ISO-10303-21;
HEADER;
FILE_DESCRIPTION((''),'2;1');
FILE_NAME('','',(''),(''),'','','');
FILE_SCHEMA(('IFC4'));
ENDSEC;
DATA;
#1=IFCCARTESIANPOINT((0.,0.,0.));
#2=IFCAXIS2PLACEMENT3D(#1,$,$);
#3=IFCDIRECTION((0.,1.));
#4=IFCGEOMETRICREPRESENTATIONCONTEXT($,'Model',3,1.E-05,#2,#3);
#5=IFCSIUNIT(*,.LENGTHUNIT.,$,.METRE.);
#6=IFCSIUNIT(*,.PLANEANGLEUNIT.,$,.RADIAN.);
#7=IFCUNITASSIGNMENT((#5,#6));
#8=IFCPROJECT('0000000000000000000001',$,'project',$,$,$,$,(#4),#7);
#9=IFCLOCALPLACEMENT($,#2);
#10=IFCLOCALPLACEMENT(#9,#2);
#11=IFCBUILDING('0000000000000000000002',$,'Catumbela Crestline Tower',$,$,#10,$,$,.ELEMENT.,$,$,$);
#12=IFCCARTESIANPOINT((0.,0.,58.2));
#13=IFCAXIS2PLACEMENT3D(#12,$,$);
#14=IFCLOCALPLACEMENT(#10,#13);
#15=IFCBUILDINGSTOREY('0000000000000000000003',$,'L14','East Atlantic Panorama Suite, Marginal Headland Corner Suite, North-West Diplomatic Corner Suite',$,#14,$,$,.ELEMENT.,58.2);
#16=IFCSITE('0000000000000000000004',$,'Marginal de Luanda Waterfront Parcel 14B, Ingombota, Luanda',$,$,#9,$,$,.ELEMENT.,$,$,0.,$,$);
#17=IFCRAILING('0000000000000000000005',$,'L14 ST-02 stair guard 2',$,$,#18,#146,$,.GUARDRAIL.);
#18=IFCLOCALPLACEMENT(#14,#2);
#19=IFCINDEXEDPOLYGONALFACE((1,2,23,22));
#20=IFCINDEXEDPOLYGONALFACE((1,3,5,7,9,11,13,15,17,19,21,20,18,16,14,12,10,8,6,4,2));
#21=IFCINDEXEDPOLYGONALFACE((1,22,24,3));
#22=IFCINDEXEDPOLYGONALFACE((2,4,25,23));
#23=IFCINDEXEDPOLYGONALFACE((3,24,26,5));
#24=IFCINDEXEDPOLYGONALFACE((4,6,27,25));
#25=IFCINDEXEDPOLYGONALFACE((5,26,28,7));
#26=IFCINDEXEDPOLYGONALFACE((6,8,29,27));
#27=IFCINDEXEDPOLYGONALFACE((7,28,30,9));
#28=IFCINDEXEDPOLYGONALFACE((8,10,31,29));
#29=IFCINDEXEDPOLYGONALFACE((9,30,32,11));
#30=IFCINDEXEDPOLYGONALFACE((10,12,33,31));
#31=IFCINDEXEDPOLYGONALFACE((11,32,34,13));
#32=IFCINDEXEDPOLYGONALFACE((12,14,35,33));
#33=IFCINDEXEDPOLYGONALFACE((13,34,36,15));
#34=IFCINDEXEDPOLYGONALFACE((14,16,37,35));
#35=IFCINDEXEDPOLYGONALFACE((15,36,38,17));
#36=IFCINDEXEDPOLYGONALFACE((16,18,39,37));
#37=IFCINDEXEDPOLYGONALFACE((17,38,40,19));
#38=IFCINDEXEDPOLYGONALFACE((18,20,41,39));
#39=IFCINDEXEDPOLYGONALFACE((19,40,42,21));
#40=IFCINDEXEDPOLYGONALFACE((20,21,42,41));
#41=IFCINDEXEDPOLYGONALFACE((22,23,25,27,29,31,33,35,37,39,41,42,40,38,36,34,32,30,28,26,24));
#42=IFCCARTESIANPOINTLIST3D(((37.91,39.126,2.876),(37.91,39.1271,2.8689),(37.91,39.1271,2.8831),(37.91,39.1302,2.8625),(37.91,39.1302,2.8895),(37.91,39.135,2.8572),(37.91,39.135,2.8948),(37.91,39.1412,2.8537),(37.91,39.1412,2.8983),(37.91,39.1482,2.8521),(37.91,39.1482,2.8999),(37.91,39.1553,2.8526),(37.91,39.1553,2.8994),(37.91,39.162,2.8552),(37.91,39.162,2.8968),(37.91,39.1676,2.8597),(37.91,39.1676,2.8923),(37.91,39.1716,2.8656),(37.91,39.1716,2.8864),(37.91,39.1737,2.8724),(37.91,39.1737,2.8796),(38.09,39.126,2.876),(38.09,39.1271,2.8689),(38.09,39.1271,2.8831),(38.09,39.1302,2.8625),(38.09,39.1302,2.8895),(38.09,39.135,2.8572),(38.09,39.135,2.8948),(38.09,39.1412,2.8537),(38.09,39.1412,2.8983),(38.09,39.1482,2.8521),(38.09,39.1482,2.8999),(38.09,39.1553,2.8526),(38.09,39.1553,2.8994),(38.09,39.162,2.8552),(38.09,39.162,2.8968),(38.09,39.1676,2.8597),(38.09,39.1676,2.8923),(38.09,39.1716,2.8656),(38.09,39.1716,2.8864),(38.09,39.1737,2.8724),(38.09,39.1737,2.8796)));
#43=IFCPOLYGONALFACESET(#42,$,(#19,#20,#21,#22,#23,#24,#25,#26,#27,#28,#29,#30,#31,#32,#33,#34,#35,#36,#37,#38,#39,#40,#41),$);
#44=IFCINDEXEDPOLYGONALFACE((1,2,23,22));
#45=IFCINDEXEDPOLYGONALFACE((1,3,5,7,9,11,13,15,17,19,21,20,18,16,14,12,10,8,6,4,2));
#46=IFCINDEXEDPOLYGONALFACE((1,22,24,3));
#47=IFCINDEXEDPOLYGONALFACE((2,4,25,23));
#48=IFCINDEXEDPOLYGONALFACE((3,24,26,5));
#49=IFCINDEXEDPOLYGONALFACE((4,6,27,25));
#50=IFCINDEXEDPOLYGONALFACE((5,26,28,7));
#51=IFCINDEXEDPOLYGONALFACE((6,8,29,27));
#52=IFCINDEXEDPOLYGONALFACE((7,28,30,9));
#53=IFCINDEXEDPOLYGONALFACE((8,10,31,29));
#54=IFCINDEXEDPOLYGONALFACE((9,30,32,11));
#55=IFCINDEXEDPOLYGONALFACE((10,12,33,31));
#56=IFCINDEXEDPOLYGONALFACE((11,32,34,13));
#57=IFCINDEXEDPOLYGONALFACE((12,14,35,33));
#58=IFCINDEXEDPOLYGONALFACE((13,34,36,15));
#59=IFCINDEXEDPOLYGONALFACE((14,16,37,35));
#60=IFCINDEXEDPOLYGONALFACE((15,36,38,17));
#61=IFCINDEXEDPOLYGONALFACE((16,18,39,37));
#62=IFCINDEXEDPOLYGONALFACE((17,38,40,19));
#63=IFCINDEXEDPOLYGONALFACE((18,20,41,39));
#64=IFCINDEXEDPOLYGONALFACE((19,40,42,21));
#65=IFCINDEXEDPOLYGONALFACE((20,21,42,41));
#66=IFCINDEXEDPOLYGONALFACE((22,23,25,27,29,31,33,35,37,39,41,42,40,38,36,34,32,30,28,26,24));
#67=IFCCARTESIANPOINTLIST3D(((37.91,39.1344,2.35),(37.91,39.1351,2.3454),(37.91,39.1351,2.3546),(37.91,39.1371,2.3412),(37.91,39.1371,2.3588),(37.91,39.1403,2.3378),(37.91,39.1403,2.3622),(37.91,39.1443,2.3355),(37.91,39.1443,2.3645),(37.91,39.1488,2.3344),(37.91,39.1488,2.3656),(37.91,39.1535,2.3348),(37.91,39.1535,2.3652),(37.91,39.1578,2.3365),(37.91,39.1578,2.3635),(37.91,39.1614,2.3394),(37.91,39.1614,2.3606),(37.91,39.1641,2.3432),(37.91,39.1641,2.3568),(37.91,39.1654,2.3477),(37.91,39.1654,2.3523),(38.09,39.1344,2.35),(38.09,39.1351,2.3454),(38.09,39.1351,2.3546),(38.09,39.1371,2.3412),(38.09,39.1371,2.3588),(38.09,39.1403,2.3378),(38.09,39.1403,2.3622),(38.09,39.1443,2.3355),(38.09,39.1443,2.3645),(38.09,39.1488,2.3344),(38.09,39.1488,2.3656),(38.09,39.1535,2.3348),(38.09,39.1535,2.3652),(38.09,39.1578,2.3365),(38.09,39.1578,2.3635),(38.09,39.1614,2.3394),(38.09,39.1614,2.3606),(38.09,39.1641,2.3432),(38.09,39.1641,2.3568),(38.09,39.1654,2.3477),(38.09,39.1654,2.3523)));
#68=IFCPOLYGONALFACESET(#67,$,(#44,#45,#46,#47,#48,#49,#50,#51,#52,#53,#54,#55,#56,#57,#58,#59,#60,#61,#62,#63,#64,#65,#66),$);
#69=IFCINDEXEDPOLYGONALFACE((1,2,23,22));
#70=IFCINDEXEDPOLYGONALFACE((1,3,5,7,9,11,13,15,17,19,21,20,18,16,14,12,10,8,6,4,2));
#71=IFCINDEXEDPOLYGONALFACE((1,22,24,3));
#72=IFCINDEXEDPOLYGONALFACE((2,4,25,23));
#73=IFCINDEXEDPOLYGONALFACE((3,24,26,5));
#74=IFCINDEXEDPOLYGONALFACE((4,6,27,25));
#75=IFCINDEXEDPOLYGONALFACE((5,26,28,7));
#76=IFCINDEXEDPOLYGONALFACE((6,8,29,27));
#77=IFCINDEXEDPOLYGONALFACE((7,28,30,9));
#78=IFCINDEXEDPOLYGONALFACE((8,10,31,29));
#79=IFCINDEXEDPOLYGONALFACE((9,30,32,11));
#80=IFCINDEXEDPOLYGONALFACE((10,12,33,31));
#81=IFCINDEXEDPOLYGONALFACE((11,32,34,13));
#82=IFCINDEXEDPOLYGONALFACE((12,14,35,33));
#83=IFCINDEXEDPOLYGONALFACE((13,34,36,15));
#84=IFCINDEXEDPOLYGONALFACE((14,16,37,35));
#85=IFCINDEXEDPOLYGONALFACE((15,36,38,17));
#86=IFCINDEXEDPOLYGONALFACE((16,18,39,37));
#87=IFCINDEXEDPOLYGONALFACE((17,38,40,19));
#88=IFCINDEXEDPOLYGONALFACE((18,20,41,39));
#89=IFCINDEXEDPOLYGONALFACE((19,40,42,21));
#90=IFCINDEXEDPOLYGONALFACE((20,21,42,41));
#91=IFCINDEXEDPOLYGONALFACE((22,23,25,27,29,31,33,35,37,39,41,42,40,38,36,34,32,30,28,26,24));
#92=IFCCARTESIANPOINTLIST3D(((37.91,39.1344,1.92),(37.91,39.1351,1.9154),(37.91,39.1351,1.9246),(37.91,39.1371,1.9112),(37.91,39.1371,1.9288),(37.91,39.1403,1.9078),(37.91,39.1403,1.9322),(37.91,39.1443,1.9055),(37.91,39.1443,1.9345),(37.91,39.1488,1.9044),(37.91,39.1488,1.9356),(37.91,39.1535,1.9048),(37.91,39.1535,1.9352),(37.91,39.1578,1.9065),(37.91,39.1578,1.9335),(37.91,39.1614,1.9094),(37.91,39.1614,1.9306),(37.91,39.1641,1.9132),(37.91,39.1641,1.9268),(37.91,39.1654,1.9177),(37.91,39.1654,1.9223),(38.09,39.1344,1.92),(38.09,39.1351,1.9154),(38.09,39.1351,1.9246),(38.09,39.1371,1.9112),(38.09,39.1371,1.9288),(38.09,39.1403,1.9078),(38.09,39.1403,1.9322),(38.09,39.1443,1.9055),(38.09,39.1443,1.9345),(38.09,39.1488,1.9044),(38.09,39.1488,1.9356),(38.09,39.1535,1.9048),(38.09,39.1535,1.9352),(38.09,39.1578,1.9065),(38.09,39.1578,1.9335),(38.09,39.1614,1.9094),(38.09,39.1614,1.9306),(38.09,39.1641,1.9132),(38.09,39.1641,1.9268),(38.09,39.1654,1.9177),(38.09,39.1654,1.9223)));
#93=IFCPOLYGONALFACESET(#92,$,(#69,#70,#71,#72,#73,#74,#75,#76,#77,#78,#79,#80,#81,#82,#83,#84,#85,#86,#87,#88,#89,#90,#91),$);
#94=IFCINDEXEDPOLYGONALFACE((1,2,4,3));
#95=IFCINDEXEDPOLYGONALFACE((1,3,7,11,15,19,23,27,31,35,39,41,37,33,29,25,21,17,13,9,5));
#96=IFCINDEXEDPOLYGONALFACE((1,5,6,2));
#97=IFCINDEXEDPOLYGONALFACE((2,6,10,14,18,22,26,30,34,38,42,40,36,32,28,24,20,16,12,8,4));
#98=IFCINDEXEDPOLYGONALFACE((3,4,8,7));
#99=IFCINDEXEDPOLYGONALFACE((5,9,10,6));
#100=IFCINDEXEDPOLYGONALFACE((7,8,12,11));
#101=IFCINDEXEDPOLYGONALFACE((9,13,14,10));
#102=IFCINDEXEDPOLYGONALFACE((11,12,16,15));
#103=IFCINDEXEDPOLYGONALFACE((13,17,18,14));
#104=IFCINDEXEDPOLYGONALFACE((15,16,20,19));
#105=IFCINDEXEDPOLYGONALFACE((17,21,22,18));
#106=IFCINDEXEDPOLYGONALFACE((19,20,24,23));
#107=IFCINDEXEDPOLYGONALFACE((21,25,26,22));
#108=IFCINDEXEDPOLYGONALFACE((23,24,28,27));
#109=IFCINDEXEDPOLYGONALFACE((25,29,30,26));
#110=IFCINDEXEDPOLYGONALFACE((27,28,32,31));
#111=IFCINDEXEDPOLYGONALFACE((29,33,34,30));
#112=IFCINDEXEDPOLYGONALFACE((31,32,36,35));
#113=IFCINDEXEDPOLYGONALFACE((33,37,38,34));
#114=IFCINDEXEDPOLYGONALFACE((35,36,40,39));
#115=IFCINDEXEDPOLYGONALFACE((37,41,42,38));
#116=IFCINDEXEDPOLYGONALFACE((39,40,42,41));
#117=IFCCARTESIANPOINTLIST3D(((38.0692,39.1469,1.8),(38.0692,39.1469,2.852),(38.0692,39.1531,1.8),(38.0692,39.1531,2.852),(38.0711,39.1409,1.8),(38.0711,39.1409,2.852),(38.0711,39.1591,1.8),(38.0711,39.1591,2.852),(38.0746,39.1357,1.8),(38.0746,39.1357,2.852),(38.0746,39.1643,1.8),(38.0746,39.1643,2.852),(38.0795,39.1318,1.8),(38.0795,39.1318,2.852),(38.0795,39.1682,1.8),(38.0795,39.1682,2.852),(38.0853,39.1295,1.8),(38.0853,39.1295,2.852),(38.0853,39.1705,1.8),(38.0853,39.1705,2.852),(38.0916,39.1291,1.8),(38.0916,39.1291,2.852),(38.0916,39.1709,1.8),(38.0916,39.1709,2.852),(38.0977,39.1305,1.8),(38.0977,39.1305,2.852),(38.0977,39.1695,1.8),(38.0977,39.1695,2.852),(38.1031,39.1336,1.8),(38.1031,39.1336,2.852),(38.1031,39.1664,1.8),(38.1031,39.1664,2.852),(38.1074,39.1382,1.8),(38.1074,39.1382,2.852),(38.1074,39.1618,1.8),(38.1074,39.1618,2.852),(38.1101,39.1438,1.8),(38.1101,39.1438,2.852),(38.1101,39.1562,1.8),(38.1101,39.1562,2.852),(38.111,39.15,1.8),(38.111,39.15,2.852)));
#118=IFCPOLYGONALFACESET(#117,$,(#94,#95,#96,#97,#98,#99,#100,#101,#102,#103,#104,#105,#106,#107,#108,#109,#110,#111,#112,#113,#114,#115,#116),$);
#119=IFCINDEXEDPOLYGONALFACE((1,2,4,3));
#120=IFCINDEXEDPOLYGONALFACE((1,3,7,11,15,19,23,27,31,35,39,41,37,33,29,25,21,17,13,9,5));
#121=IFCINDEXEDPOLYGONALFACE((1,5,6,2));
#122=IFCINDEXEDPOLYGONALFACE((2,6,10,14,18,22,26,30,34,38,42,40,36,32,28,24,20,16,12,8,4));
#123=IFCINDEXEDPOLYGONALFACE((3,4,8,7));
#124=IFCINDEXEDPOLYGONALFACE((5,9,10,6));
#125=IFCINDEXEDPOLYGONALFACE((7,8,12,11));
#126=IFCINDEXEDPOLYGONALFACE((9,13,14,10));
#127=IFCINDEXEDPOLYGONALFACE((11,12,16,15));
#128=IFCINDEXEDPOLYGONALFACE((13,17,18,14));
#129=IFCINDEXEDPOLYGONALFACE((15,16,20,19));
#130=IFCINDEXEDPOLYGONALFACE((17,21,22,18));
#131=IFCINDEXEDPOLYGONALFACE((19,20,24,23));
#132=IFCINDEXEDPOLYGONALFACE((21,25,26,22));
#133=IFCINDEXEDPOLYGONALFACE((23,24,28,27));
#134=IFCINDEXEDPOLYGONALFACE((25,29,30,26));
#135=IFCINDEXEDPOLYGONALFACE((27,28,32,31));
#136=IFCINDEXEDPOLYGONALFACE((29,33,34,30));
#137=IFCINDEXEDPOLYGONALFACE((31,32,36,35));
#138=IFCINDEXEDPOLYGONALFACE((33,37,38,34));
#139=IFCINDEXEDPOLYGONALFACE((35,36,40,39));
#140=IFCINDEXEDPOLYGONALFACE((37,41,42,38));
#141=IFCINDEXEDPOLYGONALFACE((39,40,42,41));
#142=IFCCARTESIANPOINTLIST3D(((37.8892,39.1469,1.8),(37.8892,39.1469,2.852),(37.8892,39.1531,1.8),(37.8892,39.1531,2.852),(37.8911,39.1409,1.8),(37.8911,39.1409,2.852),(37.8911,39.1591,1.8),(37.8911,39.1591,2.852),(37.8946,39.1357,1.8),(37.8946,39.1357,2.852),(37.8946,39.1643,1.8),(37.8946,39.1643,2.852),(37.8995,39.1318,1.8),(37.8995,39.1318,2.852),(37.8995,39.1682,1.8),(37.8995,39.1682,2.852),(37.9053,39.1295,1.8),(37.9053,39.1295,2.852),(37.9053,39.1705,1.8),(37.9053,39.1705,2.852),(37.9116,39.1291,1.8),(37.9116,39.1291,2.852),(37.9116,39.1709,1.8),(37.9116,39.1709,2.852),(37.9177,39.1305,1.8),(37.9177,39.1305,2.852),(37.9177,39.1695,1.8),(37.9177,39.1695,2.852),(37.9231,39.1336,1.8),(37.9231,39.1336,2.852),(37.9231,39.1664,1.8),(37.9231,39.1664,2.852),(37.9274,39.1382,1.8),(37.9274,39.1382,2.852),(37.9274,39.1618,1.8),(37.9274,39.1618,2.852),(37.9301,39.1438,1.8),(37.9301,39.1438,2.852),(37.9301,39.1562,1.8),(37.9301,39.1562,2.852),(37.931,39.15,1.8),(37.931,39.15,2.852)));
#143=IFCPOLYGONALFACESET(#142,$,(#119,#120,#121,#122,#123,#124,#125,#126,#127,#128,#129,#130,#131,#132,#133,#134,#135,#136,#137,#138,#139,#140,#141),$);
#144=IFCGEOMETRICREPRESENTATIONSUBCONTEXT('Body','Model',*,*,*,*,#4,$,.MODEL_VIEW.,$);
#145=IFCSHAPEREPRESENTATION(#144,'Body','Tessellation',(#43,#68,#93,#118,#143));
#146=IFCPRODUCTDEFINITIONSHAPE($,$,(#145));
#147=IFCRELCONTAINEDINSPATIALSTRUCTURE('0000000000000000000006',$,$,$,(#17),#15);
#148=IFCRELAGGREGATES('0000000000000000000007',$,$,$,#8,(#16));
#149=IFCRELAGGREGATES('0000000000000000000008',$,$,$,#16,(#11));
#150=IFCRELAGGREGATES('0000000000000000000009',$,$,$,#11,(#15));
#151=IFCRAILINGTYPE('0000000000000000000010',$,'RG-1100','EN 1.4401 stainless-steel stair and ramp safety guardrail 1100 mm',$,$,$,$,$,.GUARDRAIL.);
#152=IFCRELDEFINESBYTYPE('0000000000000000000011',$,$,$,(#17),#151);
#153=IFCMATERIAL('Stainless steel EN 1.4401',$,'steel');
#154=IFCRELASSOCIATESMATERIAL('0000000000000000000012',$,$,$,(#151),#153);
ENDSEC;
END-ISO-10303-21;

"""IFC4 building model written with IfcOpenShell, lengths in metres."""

from ifc_helpers import new_model, si_unit, direction, frame, origin, origin_2d, place, context, subcontext, project, spatial, circle, extrude, material, type_object, element, save


model = new_model("IFC4")

# Units and contexts
model_context = context("Model", 3, precision=1e-05, world=origin(), true_north=direction((0.0, 1.0)))
body_context = subcontext(model_context, "Body", "Model", "MODEL_VIEW")
ifc_project = project(units=[si_unit("LENGTHUNIT", "METRE"), si_unit("PLANEANGLEUNIT", "RADIAN")], contexts=[model_context])

# Site, building, storey
site_placement = place(None, origin())
site = spatial("IfcSite", under=ifc_project, at=site_placement, Name="Marginal de Luanda Waterfront Parcel 14B, Ingombota, Luanda", CompositionType="ELEMENT", RefElevation=0.0)
building_placement = place(site_placement, origin())
building = spatial("IfcBuilding", under=site, at=building_placement, Name="Catumbela Crestline Tower", CompositionType="ELEMENT")
storey_placement = place(building_placement, frame((0.0, 0.0, 58.2)))
storey = spatial("IfcBuildingStorey", under=building, at=storey_placement, Name="L14", Description="East Atlantic Panorama Suite, Marginal Headland Corner Suite, North-West Diplomatic Corner Suite", CompositionType="ELEMENT", Elevation=58.2)

# Shared definitions
ifc_material_1 = material(Name="Stainless steel EN 1.4401", Category="steel")

# Railing
railing_type_1 = type_object("IfcRailingType", Name="RG-1100", Description="EN 1.4401 stainless-steel stair and ramp safety guardrail 1100 mm", PredefinedType="GUARDRAIL", material=ifc_material_1)
railing_1_placement = place(storey_placement, frame((38.09, 39.15, 1.8)))
element("IfcRailing", 1, at=railing_1_placement, inside=storey, type_object=railing_type_1, Name="L14 ST-02 stair guard 2", PredefinedType="GUARDRAIL", context=body_context, shape_type="SweptSolid", body=[
    extrude(circle(Radius=0.024, at=origin_2d()), frame((0.0, 0.0, 1.076), z_axis=(-1.0, 0.0, 0.0), x_axis=(0.0, -1.0, 0.0)), (0.0, 0.0, 1.0), 0.18),
    extrude(circle(Radius=0.0156, at=origin_2d()), frame((0.0, 0.0, 0.55), z_axis=(-1.0, 0.0, 0.0), x_axis=(0.0, -1.0, 0.0)), (0.0, 0.0, 1.0), 0.18),
    extrude(circle(Radius=0.0156, at=origin_2d()), frame((0.0, 0.0, 0.12), z_axis=(-1.0, 0.0, 0.0), x_axis=(0.0, -1.0, 0.0)), (0.0, 0.0, 1.0), 0.18),
    extrude(circle(Radius=0.021, at=origin_2d()), origin(), (0.0, 0.0, 1.0), 1.052),
    extrude(circle(Radius=0.021, at=origin_2d()), frame((-0.18, 0.0, 0.0)), (0.0, 0.0, 1.0), 1.052),
])

save(model, "model.ifc")
